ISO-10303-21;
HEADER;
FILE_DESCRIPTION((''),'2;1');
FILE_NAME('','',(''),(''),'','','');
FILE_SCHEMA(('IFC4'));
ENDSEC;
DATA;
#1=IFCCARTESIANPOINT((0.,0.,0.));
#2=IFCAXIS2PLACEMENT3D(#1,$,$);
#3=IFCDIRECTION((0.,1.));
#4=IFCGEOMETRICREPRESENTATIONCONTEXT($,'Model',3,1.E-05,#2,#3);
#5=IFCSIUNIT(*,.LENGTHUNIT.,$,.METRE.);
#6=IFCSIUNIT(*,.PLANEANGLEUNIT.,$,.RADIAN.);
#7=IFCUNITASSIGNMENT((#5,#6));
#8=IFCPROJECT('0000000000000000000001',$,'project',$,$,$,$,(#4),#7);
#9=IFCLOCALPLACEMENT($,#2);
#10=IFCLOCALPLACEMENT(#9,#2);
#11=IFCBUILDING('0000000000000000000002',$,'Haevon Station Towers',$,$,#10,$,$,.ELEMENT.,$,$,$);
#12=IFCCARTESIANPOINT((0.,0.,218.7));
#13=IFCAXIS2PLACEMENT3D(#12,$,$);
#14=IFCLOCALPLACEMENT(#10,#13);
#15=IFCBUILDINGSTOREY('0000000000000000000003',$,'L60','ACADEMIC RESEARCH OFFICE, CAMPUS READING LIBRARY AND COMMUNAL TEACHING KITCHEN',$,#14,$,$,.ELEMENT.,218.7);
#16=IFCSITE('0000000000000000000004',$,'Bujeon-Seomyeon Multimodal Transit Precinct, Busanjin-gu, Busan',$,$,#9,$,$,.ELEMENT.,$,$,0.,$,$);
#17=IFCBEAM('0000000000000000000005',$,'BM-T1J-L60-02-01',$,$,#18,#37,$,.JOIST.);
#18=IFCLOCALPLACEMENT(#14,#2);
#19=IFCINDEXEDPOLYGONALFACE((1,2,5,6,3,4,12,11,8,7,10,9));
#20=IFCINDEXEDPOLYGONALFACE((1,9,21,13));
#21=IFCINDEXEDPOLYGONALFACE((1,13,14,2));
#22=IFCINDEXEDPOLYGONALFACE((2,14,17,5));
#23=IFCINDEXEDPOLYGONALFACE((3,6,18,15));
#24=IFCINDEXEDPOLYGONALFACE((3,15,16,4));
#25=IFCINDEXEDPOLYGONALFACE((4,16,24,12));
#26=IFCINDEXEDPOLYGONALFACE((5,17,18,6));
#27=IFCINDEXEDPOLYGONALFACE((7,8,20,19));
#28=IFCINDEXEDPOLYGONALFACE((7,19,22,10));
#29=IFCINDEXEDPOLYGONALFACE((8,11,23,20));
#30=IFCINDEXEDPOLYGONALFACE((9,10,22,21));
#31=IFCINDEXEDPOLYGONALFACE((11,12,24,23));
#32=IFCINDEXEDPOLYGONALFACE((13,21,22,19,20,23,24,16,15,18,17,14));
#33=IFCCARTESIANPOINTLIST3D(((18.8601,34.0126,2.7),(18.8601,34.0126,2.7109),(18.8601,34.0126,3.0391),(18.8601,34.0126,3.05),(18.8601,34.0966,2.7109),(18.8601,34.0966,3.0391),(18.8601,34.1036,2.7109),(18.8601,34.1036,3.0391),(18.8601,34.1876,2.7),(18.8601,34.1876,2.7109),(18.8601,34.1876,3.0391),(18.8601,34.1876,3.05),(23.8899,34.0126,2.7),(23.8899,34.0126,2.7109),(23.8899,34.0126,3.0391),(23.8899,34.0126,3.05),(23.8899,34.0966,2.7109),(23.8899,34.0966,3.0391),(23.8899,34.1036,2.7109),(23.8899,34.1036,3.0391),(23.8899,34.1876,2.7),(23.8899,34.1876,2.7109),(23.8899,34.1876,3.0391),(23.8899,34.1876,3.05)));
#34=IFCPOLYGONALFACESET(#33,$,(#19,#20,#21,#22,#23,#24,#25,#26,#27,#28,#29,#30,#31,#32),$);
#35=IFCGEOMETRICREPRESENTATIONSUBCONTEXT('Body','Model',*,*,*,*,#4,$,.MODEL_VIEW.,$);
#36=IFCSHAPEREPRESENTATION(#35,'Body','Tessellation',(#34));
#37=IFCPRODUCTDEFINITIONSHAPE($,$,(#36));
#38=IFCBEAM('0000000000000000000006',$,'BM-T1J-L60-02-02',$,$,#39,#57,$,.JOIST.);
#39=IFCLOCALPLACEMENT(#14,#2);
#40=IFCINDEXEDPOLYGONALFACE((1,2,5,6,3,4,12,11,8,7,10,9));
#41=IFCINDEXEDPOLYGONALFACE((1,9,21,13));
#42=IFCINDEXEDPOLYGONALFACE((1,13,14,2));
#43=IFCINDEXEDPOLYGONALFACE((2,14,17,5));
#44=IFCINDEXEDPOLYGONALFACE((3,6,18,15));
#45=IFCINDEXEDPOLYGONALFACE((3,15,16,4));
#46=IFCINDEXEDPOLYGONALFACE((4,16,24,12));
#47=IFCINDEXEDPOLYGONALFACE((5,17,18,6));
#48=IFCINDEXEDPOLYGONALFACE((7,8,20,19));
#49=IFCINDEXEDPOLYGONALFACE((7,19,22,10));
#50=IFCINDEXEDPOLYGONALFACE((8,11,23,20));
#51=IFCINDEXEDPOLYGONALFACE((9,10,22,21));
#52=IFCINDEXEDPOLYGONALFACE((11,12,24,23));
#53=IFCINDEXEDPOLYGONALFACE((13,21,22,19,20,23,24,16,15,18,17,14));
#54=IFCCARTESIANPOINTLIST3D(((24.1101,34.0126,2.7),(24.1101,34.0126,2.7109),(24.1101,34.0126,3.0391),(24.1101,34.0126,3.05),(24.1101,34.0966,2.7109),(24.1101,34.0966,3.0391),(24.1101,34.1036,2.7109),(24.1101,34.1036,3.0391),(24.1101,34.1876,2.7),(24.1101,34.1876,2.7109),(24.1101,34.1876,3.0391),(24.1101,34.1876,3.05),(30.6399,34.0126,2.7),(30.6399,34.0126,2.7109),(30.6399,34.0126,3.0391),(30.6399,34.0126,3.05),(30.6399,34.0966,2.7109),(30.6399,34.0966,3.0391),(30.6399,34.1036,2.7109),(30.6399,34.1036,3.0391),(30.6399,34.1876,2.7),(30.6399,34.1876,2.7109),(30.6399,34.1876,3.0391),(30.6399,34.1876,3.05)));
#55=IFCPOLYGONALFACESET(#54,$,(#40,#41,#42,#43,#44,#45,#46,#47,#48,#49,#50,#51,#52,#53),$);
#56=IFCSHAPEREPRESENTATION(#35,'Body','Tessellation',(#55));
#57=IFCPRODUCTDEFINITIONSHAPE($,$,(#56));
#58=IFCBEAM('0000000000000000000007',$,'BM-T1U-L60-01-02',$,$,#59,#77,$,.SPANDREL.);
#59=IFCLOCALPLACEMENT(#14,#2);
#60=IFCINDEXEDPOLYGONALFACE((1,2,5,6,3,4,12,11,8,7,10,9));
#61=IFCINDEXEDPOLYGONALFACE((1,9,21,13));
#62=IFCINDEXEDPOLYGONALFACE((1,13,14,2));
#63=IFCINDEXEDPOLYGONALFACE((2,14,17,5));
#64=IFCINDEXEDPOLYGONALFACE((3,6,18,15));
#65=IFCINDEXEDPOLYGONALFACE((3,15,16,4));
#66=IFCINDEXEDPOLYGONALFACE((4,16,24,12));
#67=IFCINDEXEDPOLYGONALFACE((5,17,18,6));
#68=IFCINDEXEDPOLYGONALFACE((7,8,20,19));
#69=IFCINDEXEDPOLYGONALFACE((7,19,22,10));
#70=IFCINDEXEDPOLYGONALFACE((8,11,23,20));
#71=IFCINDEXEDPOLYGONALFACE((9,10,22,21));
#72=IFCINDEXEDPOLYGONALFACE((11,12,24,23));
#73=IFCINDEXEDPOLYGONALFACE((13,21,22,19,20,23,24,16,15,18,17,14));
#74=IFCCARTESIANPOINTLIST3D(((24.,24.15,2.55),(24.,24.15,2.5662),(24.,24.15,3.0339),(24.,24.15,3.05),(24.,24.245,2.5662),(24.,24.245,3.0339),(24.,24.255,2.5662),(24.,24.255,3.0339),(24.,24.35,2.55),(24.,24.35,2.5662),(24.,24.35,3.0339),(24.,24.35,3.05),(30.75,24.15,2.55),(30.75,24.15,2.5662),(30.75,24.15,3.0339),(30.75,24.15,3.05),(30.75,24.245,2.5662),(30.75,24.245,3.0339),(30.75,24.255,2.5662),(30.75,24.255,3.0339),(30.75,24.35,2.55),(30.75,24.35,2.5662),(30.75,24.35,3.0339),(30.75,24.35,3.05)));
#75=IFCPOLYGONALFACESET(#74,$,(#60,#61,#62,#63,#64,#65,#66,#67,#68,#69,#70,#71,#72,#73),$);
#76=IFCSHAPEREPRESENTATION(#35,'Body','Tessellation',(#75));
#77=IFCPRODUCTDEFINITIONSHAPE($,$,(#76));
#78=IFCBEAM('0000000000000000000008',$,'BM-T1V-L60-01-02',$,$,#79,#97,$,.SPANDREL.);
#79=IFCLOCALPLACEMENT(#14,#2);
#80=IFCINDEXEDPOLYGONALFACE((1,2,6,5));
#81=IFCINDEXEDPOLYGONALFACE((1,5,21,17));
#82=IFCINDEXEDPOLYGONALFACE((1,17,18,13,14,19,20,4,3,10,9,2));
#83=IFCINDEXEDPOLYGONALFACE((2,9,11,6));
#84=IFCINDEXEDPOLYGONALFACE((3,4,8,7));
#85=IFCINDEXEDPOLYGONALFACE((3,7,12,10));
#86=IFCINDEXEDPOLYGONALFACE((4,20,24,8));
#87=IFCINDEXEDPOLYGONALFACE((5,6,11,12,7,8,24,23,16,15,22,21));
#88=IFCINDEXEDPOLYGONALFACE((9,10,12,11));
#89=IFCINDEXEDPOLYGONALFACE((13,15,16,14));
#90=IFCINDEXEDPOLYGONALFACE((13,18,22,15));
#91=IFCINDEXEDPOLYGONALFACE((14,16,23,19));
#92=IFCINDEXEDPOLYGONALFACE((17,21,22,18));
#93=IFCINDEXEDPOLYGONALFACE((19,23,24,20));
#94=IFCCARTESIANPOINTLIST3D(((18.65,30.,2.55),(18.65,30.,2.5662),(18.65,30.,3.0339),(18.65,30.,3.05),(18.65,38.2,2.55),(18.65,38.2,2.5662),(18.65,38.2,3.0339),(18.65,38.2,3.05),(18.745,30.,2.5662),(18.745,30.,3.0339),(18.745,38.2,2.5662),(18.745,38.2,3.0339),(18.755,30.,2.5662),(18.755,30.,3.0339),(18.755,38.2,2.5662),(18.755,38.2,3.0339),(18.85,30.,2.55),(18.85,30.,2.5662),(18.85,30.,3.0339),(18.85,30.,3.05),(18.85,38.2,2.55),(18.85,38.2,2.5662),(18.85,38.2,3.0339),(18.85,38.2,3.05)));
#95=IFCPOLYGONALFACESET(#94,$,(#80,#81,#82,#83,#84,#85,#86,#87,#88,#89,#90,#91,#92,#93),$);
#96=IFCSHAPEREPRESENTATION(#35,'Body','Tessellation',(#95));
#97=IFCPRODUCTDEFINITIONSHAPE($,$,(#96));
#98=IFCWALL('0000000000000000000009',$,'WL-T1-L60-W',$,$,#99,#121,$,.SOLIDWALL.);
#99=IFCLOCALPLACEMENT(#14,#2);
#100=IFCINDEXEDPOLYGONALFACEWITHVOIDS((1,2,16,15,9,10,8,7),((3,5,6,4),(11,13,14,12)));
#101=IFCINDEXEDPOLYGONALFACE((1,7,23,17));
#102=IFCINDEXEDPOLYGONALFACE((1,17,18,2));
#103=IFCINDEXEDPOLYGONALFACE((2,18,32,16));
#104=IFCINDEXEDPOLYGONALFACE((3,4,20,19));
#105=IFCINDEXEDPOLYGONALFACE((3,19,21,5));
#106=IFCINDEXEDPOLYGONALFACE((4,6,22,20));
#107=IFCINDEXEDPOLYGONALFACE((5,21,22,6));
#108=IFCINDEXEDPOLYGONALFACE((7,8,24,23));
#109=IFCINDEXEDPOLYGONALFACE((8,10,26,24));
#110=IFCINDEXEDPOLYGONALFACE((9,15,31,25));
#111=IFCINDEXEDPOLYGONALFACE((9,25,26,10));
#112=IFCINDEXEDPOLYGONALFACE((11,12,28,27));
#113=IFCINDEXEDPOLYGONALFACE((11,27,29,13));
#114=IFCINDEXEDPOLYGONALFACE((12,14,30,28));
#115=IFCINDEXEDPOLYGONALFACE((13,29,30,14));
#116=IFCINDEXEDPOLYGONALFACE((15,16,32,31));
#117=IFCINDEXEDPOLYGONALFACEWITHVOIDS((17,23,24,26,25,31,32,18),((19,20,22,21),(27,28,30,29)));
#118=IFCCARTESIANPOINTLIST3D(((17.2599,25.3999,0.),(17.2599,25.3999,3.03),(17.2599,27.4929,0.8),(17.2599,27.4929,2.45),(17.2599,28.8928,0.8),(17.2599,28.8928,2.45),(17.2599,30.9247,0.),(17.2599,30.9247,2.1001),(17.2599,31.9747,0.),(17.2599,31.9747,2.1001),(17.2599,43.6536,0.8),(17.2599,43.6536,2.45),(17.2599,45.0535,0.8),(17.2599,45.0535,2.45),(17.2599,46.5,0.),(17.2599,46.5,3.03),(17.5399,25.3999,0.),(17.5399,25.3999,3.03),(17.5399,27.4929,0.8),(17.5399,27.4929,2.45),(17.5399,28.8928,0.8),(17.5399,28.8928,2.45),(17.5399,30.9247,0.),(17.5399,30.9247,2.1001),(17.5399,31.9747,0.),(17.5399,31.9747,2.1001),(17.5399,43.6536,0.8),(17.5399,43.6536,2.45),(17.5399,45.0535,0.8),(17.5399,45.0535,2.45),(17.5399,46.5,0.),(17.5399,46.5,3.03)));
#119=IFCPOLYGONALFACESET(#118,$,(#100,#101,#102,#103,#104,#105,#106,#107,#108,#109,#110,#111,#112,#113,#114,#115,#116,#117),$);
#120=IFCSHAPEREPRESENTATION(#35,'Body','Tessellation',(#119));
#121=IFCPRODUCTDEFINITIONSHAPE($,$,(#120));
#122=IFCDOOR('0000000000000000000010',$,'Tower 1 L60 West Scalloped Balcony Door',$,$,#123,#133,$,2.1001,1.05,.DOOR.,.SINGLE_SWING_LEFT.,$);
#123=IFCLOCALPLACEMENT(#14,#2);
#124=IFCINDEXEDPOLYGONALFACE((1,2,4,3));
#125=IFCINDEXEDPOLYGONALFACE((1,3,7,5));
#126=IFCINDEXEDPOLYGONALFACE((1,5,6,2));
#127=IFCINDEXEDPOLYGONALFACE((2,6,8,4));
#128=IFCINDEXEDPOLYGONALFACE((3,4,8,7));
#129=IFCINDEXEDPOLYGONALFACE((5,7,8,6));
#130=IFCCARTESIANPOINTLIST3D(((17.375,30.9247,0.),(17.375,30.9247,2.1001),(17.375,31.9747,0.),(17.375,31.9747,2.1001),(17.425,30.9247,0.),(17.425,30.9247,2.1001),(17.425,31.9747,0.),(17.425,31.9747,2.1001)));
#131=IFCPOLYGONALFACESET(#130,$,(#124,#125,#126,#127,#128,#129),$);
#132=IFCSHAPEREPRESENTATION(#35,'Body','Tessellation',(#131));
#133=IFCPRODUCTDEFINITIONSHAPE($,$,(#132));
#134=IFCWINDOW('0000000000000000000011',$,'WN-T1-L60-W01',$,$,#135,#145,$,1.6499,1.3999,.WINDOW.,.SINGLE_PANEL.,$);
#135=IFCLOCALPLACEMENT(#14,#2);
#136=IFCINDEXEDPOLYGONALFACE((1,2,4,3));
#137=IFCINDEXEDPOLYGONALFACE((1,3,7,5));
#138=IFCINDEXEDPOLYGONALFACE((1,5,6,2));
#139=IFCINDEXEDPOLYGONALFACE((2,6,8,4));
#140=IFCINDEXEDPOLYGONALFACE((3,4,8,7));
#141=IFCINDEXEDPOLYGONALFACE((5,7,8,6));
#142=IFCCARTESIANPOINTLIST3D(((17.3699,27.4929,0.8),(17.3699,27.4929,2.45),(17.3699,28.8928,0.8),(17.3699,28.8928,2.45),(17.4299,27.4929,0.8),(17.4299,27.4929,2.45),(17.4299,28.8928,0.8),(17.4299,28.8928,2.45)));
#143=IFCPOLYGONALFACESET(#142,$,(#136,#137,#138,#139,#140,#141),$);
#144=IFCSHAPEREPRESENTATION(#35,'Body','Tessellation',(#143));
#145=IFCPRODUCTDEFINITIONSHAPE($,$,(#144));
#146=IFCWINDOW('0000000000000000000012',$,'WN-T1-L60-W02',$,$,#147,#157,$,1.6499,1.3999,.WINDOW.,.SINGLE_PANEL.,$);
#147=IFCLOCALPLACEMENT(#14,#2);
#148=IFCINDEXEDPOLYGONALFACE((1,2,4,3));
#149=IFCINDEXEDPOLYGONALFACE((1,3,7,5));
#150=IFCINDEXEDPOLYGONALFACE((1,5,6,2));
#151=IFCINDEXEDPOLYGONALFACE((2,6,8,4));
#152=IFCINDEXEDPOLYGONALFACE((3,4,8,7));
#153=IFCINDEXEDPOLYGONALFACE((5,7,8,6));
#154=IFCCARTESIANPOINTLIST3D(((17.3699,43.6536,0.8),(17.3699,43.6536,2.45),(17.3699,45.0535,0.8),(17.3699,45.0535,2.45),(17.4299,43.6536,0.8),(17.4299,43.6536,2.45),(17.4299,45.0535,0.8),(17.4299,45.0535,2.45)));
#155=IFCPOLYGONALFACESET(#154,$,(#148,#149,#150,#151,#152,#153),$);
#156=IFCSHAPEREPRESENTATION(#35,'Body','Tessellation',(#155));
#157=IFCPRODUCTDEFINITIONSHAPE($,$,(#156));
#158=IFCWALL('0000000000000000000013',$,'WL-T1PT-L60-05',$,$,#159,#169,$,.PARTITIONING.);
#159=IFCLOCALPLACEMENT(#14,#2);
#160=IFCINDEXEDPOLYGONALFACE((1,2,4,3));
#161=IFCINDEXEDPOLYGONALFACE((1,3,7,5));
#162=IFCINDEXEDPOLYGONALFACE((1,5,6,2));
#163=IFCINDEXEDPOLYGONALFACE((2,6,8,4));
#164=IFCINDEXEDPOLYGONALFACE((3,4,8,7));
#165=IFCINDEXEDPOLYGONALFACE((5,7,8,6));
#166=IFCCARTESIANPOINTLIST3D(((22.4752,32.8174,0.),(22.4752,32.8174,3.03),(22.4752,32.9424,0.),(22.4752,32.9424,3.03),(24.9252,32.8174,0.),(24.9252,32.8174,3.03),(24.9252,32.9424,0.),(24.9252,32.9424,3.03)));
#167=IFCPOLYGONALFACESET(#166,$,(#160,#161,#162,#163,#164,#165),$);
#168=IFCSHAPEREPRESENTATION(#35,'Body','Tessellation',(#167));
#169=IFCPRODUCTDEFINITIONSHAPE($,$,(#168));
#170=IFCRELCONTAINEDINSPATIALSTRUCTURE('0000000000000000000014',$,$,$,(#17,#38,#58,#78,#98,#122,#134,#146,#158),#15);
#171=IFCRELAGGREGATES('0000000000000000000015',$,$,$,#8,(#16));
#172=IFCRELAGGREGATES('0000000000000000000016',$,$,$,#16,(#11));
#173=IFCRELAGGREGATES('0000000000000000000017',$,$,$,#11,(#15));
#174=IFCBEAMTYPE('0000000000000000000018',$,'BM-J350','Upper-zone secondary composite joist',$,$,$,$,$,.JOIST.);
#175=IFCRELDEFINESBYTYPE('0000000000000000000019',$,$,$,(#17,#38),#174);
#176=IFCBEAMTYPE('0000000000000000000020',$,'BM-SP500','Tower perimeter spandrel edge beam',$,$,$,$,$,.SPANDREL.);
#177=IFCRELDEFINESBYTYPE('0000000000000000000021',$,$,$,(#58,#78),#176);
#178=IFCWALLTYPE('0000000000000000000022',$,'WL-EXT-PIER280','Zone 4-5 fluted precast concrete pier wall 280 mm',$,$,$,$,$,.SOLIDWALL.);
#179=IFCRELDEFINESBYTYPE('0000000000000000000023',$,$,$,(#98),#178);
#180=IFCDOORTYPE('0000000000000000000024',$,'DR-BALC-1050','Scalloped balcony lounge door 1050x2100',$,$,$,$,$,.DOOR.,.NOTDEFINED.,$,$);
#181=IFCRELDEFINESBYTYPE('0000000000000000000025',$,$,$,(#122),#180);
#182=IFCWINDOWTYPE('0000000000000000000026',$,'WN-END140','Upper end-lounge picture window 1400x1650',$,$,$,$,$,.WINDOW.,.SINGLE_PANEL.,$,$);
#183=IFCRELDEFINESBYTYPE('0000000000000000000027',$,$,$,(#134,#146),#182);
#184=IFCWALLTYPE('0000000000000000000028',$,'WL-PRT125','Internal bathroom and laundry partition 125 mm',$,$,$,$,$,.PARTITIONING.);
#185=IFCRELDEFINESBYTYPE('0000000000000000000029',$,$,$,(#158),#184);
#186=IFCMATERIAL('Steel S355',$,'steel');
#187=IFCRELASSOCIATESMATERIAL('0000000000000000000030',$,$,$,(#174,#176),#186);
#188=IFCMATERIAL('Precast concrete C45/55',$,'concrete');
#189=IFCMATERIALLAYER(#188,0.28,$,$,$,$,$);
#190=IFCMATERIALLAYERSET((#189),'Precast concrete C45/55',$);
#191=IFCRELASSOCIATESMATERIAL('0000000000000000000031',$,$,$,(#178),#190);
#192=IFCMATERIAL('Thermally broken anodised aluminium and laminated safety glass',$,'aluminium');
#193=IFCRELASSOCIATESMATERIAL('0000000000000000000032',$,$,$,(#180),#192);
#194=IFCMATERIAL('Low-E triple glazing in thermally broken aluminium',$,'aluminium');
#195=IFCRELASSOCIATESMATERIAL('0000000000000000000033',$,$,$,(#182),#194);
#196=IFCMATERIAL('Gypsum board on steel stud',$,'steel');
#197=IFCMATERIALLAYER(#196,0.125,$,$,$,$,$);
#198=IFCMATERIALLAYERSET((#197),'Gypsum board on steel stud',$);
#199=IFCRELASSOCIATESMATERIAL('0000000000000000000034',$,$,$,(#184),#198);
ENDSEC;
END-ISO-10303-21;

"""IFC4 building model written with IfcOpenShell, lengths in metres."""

from ifc_helpers import new_model, si_unit, direction, frame, frame_2d, origin, origin_2d, place, context, subcontext, project, spatial, rectangle, i_section, extrude, material, layer, layer_set, material_profile, profile_set, type_object, element, fill, save


model = new_model("IFC4")

# Units and contexts
model_context = context("Model", 3, precision=1e-05, world=origin(), true_north=direction((0.0, 1.0)))
body_context = subcontext(model_context, "Body", "Model", "MODEL_VIEW")
ifc_project = project(units=[si_unit("LENGTHUNIT", "METRE"), si_unit("PLANEANGLEUNIT", "RADIAN")], contexts=[model_context])

# Site, building, storey
site_placement = place(None, origin())
site = spatial("IfcSite", under=ifc_project, at=site_placement, Name="Bujeon-Seomyeon Multimodal Transit Precinct, Busanjin-gu, Busan", CompositionType="ELEMENT", RefElevation=0.0)
building_placement = place(site_placement, origin())
building = spatial("IfcBuilding", under=site, at=building_placement, Name="Haevon Station Towers", CompositionType="ELEMENT")
storey_placement = place(building_placement, frame((0.0, 0.0, 218.7)))
storey = spatial("IfcBuildingStorey", under=building, at=storey_placement, Name="L60", Description="ACADEMIC RESEARCH OFFICE, CAMPUS READING LIBRARY AND COMMUNAL TEACHING KITCHEN", CompositionType="ELEMENT", Elevation=218.7)

# Shared definitions
ifc_material_1 = material(Name="Steel S355", Category="steel")

# Beams
ifc_material_profile_1 = material_profile(ifc_material_1, i_section(OverallWidth=0.175, OverallDepth=0.3501, WebThickness=0.0071, FlangeThickness=0.011, at=origin_2d()), Name="H-350x175x7x11")
ifc_profile_set_1 = profile_set([ifc_material_profile_1], Name="Steel S355")
beam_type_1 = type_object("IfcBeamType", Name="BM-J350", Description="Upper-zone secondary composite joist", PredefinedType="JOIST", material=ifc_profile_set_1)
beam_1_placement = place(storey_placement, frame((18.8601, 34.1001, 2.875), z_axis=(1.0, 0.0, 0.0), x_axis=(0.0, 1.0, 0.0)))
element("IfcBeam", 1, at=beam_1_placement, inside=storey, type_object=beam_type_1, Name="BM-T1J-L60-02-01", PredefinedType="JOIST", context=body_context, shape_type="SweptSolid", body=[
    extrude(i_section(OverallWidth=0.175, OverallDepth=0.3501, WebThickness=0.0071, FlangeThickness=0.011, at=origin_2d()), origin(), (0.0, 0.0, 1.0), 5.0298),
])
beam_2_placement = place(storey_placement, frame((24.1101, 34.1001, 2.875), z_axis=(1.0, 0.0, 0.0), x_axis=(0.0, 1.0, 0.0)))
element("IfcBeam", 2, at=beam_2_placement, inside=storey, type_object=beam_type_1, Name="BM-T1J-L60-02-02", PredefinedType="JOIST", context=body_context, shape_type="SweptSolid", body=[
    extrude(i_section(OverallWidth=0.175, OverallDepth=0.3501, WebThickness=0.0071, FlangeThickness=0.011, at=origin_2d()), origin(), (0.0, 0.0, 1.0), 6.5298),
])
ifc_material_profile_2 = material_profile(ifc_material_1, i_section(OverallWidth=0.2, OverallDepth=0.5, WebThickness=0.01, FlangeThickness=0.0161, at=origin_2d()), Name="H-500x200x10x16")
ifc_profile_set_2 = profile_set([ifc_material_profile_2], Name="Steel S355")
beam_type_2 = type_object("IfcBeamType", Name="BM-SP500", Description="Tower perimeter spandrel edge beam", PredefinedType="SPANDREL", material=ifc_profile_set_2)
beam_3_placement = place(storey_placement, frame((24.0, 24.25, 2.8), z_axis=(1.0, 0.0, 0.0), x_axis=(0.0, 1.0, 0.0)))
element("IfcBeam", 3, at=beam_3_placement, inside=storey, type_object=beam_type_2, Name="BM-T1U-L60-01-02", PredefinedType="SPANDREL", context=body_context, shape_type="SweptSolid", body=[
    extrude(i_section(OverallWidth=0.2, OverallDepth=0.5, WebThickness=0.01, FlangeThickness=0.0161, at=origin_2d()), origin(), (0.0, 0.0, 1.0), 6.75),
])
beam_4_placement = place(storey_placement, frame((18.75, 30.0, 2.8), z_axis=(0.0, 1.0, 0.0), x_axis=(-1.0, 0.0, 0.0)))
element("IfcBeam", 4, at=beam_4_placement, inside=storey, type_object=beam_type_2, Name="BM-T1V-L60-01-02", PredefinedType="SPANDREL", context=body_context, shape_type="SweptSolid", body=[
    extrude(i_section(OverallWidth=0.2, OverallDepth=0.5, WebThickness=0.01, FlangeThickness=0.0161, at=origin_2d()), origin(), (0.0, 0.0, 1.0), 8.2),
])

# Wall, openings, door, windows
ifc_material_2 = material(Name="Precast concrete C45/55", Category="concrete")
ifc_layer_1 = layer(ifc_material_2, 0.28)
ifc_layer_set_1 = layer_set([ifc_layer_1], Name="Precast concrete C45/55")
wall_type_1 = type_object("IfcWallType", Name="WL-EXT-PIER280", Description="Zone 4-5 fluted precast concrete pier wall 280 mm", PredefinedType="SOLIDWALL", material=ifc_layer_set_1)
wall_1_placement = place(storey_placement, frame((17.3999, 25.3999, 0.0), z_axis=(0.0, 0.0, 1.0), x_axis=(0.0, 1.0, 0.0)))
wall_1 = element("IfcWall", 5, at=wall_1_placement, inside=storey, type_object=wall_type_1, Name="WL-T1-L60-W", PredefinedType="SOLIDWALL", context=body_context, shape_type="SweptSolid", body=[
    extrude(rectangle(XDim=21.1001, YDim=0.28, at=frame_2d((10.55, 0.0))), origin(), (0.0, 0.0, 1.0), 3.03),
])
opening_1_placement = place(wall_1_placement, frame((5.5249, 0.0, 0.0)))
opening_1 = element("IfcOpeningElement", 6, at=opening_1_placement, cuts=wall_1, PredefinedType="OPENING", context=body_context, shape_type="SweptSolid", body=[
    extrude(rectangle(XDim=1.05, YDim=2.1001, at=frame_2d((0.5249, 1.05))), frame((0.0, 0.1499, 0.0), z_axis=(0.0, -1.0, 0.0), x_axis=(1.0, 0.0, 0.0)), (0.0, 0.0, 1.0), 0.3),
])
opening_2_placement = place(wall_1_placement, frame((2.093, 0.0, 0.8)))
opening_2 = element("IfcOpeningElement", 7, at=opening_2_placement, cuts=wall_1, PredefinedType="OPENING", context=body_context, shape_type="SweptSolid", body=[
    extrude(rectangle(XDim=1.3999, YDim=1.6499, at=frame_2d((0.7, 0.825))), frame((0.0, 0.1499, 0.0), z_axis=(0.0, -1.0, 0.0), x_axis=(1.0, 0.0, 0.0)), (0.0, 0.0, 1.0), 0.3),
])
opening_3_placement = place(wall_1_placement, frame((18.2537, 0.0, 0.8)))
opening_3 = element("IfcOpeningElement", 8, at=opening_3_placement, cuts=wall_1, PredefinedType="OPENING", context=body_context, shape_type="SweptSolid", body=[
    extrude(rectangle(XDim=1.3999, YDim=1.6499, at=frame_2d((0.7, 0.825))), frame((0.0, 0.1499, 0.0), z_axis=(0.0, -1.0, 0.0), x_axis=(1.0, 0.0, 0.0)), (0.0, 0.0, 1.0), 0.3),
])
ifc_material_3 = material(Name="Thermally broken anodised aluminium and laminated safety glass", Category="aluminium")
door_type = type_object("IfcDoorType", Name="DR-BALC-1050", Description="Scalloped balcony lounge door 1050x2100", OperationType="NOTDEFINED", PredefinedType="DOOR", material=ifc_material_3)
door_placement = place(opening_1_placement, origin())
door = element("IfcDoor", 9, at=door_placement, inside=storey, type_object=door_type, Name="Tower 1 L60 West Scalloped Balcony Door", OperationType="SINGLE_SWING_LEFT", OverallHeight=2.1001, OverallWidth=1.05, PredefinedType="DOOR", context=body_context, shape_type="SweptSolid", body=[
    extrude(rectangle(XDim=1.05, YDim=2.1001, at=frame_2d((0.5249, 1.05))), frame((0.0, 0.0249, 0.0), z_axis=(0.0, -1.0, 0.0), x_axis=(1.0, 0.0, 0.0)), (0.0, 0.0, 1.0), 0.05),
])
fill(opening_1, door)
ifc_material_4 = material(Name="Low-E triple glazing in thermally broken aluminium", Category="aluminium")
window_type = type_object("IfcWindowType", Name="WN-END140", Description="Upper end-lounge picture window 1400x1650", PartitioningType="SINGLE_PANEL", PredefinedType="WINDOW", material=ifc_material_4)
window_1_placement = place(opening_2_placement, origin())
window_1 = element("IfcWindow", 10, at=window_1_placement, inside=storey, type_object=window_type, Name="WN-T1-L60-W01", OverallHeight=1.6499, OverallWidth=1.3999, PartitioningType="SINGLE_PANEL", PredefinedType="WINDOW", context=body_context, shape_type="SweptSolid", body=[
    extrude(rectangle(XDim=1.3999, YDim=1.6499, at=frame_2d((0.7, 0.825))), frame((0.0, 0.03, 0.0), z_axis=(0.0, -1.0, 0.0), x_axis=(1.0, 0.0, 0.0)), (0.0, 0.0, 1.0), 0.0601),
])
fill(opening_2, window_1)
window_2_placement = place(opening_3_placement, origin())
window_2 = element("IfcWindow", 11, at=window_2_placement, inside=storey, type_object=window_type, Name="WN-T1-L60-W02", OverallHeight=1.6499, OverallWidth=1.3999, PartitioningType="SINGLE_PANEL", PredefinedType="WINDOW", context=body_context, shape_type="SweptSolid", body=[
    extrude(rectangle(XDim=1.3999, YDim=1.6499, at=frame_2d((0.7, 0.825))), frame((0.0, 0.03, 0.0), z_axis=(0.0, -1.0, 0.0), x_axis=(1.0, 0.0, 0.0)), (0.0, 0.0, 1.0), 0.0601),
])
fill(opening_3, window_2)

# Wall
ifc_material_5 = material(Name="Gypsum board on steel stud", Category="steel")
ifc_layer_2 = layer(ifc_material_5, 0.125)
ifc_layer_set_2 = layer_set([ifc_layer_2], Name="Gypsum board on steel stud")
wall_type_2 = type_object("IfcWallType", Name="WL-PRT125", Description="Internal bathroom and laundry partition 125 mm", PredefinedType="PARTITIONING", material=ifc_layer_set_2)
wall_2_placement = place(storey_placement, frame((22.4751, 32.8799, 0.0), z_axis=(0.0, 0.0, 1.0), x_axis=(1.0, 0.0, 0.0)))
element("IfcWall", 12, at=wall_2_placement, inside=storey, type_object=wall_type_2, Name="WL-T1PT-L60-05", PredefinedType="PARTITIONING", context=body_context, shape_type="SweptSolid", body=[
    extrude(rectangle(XDim=2.45, YDim=0.125, at=frame_2d((1.2251, 0.0))), origin(), (0.0, 0.0, 1.0), 3.03),
])

save(model, "model.ifc")
